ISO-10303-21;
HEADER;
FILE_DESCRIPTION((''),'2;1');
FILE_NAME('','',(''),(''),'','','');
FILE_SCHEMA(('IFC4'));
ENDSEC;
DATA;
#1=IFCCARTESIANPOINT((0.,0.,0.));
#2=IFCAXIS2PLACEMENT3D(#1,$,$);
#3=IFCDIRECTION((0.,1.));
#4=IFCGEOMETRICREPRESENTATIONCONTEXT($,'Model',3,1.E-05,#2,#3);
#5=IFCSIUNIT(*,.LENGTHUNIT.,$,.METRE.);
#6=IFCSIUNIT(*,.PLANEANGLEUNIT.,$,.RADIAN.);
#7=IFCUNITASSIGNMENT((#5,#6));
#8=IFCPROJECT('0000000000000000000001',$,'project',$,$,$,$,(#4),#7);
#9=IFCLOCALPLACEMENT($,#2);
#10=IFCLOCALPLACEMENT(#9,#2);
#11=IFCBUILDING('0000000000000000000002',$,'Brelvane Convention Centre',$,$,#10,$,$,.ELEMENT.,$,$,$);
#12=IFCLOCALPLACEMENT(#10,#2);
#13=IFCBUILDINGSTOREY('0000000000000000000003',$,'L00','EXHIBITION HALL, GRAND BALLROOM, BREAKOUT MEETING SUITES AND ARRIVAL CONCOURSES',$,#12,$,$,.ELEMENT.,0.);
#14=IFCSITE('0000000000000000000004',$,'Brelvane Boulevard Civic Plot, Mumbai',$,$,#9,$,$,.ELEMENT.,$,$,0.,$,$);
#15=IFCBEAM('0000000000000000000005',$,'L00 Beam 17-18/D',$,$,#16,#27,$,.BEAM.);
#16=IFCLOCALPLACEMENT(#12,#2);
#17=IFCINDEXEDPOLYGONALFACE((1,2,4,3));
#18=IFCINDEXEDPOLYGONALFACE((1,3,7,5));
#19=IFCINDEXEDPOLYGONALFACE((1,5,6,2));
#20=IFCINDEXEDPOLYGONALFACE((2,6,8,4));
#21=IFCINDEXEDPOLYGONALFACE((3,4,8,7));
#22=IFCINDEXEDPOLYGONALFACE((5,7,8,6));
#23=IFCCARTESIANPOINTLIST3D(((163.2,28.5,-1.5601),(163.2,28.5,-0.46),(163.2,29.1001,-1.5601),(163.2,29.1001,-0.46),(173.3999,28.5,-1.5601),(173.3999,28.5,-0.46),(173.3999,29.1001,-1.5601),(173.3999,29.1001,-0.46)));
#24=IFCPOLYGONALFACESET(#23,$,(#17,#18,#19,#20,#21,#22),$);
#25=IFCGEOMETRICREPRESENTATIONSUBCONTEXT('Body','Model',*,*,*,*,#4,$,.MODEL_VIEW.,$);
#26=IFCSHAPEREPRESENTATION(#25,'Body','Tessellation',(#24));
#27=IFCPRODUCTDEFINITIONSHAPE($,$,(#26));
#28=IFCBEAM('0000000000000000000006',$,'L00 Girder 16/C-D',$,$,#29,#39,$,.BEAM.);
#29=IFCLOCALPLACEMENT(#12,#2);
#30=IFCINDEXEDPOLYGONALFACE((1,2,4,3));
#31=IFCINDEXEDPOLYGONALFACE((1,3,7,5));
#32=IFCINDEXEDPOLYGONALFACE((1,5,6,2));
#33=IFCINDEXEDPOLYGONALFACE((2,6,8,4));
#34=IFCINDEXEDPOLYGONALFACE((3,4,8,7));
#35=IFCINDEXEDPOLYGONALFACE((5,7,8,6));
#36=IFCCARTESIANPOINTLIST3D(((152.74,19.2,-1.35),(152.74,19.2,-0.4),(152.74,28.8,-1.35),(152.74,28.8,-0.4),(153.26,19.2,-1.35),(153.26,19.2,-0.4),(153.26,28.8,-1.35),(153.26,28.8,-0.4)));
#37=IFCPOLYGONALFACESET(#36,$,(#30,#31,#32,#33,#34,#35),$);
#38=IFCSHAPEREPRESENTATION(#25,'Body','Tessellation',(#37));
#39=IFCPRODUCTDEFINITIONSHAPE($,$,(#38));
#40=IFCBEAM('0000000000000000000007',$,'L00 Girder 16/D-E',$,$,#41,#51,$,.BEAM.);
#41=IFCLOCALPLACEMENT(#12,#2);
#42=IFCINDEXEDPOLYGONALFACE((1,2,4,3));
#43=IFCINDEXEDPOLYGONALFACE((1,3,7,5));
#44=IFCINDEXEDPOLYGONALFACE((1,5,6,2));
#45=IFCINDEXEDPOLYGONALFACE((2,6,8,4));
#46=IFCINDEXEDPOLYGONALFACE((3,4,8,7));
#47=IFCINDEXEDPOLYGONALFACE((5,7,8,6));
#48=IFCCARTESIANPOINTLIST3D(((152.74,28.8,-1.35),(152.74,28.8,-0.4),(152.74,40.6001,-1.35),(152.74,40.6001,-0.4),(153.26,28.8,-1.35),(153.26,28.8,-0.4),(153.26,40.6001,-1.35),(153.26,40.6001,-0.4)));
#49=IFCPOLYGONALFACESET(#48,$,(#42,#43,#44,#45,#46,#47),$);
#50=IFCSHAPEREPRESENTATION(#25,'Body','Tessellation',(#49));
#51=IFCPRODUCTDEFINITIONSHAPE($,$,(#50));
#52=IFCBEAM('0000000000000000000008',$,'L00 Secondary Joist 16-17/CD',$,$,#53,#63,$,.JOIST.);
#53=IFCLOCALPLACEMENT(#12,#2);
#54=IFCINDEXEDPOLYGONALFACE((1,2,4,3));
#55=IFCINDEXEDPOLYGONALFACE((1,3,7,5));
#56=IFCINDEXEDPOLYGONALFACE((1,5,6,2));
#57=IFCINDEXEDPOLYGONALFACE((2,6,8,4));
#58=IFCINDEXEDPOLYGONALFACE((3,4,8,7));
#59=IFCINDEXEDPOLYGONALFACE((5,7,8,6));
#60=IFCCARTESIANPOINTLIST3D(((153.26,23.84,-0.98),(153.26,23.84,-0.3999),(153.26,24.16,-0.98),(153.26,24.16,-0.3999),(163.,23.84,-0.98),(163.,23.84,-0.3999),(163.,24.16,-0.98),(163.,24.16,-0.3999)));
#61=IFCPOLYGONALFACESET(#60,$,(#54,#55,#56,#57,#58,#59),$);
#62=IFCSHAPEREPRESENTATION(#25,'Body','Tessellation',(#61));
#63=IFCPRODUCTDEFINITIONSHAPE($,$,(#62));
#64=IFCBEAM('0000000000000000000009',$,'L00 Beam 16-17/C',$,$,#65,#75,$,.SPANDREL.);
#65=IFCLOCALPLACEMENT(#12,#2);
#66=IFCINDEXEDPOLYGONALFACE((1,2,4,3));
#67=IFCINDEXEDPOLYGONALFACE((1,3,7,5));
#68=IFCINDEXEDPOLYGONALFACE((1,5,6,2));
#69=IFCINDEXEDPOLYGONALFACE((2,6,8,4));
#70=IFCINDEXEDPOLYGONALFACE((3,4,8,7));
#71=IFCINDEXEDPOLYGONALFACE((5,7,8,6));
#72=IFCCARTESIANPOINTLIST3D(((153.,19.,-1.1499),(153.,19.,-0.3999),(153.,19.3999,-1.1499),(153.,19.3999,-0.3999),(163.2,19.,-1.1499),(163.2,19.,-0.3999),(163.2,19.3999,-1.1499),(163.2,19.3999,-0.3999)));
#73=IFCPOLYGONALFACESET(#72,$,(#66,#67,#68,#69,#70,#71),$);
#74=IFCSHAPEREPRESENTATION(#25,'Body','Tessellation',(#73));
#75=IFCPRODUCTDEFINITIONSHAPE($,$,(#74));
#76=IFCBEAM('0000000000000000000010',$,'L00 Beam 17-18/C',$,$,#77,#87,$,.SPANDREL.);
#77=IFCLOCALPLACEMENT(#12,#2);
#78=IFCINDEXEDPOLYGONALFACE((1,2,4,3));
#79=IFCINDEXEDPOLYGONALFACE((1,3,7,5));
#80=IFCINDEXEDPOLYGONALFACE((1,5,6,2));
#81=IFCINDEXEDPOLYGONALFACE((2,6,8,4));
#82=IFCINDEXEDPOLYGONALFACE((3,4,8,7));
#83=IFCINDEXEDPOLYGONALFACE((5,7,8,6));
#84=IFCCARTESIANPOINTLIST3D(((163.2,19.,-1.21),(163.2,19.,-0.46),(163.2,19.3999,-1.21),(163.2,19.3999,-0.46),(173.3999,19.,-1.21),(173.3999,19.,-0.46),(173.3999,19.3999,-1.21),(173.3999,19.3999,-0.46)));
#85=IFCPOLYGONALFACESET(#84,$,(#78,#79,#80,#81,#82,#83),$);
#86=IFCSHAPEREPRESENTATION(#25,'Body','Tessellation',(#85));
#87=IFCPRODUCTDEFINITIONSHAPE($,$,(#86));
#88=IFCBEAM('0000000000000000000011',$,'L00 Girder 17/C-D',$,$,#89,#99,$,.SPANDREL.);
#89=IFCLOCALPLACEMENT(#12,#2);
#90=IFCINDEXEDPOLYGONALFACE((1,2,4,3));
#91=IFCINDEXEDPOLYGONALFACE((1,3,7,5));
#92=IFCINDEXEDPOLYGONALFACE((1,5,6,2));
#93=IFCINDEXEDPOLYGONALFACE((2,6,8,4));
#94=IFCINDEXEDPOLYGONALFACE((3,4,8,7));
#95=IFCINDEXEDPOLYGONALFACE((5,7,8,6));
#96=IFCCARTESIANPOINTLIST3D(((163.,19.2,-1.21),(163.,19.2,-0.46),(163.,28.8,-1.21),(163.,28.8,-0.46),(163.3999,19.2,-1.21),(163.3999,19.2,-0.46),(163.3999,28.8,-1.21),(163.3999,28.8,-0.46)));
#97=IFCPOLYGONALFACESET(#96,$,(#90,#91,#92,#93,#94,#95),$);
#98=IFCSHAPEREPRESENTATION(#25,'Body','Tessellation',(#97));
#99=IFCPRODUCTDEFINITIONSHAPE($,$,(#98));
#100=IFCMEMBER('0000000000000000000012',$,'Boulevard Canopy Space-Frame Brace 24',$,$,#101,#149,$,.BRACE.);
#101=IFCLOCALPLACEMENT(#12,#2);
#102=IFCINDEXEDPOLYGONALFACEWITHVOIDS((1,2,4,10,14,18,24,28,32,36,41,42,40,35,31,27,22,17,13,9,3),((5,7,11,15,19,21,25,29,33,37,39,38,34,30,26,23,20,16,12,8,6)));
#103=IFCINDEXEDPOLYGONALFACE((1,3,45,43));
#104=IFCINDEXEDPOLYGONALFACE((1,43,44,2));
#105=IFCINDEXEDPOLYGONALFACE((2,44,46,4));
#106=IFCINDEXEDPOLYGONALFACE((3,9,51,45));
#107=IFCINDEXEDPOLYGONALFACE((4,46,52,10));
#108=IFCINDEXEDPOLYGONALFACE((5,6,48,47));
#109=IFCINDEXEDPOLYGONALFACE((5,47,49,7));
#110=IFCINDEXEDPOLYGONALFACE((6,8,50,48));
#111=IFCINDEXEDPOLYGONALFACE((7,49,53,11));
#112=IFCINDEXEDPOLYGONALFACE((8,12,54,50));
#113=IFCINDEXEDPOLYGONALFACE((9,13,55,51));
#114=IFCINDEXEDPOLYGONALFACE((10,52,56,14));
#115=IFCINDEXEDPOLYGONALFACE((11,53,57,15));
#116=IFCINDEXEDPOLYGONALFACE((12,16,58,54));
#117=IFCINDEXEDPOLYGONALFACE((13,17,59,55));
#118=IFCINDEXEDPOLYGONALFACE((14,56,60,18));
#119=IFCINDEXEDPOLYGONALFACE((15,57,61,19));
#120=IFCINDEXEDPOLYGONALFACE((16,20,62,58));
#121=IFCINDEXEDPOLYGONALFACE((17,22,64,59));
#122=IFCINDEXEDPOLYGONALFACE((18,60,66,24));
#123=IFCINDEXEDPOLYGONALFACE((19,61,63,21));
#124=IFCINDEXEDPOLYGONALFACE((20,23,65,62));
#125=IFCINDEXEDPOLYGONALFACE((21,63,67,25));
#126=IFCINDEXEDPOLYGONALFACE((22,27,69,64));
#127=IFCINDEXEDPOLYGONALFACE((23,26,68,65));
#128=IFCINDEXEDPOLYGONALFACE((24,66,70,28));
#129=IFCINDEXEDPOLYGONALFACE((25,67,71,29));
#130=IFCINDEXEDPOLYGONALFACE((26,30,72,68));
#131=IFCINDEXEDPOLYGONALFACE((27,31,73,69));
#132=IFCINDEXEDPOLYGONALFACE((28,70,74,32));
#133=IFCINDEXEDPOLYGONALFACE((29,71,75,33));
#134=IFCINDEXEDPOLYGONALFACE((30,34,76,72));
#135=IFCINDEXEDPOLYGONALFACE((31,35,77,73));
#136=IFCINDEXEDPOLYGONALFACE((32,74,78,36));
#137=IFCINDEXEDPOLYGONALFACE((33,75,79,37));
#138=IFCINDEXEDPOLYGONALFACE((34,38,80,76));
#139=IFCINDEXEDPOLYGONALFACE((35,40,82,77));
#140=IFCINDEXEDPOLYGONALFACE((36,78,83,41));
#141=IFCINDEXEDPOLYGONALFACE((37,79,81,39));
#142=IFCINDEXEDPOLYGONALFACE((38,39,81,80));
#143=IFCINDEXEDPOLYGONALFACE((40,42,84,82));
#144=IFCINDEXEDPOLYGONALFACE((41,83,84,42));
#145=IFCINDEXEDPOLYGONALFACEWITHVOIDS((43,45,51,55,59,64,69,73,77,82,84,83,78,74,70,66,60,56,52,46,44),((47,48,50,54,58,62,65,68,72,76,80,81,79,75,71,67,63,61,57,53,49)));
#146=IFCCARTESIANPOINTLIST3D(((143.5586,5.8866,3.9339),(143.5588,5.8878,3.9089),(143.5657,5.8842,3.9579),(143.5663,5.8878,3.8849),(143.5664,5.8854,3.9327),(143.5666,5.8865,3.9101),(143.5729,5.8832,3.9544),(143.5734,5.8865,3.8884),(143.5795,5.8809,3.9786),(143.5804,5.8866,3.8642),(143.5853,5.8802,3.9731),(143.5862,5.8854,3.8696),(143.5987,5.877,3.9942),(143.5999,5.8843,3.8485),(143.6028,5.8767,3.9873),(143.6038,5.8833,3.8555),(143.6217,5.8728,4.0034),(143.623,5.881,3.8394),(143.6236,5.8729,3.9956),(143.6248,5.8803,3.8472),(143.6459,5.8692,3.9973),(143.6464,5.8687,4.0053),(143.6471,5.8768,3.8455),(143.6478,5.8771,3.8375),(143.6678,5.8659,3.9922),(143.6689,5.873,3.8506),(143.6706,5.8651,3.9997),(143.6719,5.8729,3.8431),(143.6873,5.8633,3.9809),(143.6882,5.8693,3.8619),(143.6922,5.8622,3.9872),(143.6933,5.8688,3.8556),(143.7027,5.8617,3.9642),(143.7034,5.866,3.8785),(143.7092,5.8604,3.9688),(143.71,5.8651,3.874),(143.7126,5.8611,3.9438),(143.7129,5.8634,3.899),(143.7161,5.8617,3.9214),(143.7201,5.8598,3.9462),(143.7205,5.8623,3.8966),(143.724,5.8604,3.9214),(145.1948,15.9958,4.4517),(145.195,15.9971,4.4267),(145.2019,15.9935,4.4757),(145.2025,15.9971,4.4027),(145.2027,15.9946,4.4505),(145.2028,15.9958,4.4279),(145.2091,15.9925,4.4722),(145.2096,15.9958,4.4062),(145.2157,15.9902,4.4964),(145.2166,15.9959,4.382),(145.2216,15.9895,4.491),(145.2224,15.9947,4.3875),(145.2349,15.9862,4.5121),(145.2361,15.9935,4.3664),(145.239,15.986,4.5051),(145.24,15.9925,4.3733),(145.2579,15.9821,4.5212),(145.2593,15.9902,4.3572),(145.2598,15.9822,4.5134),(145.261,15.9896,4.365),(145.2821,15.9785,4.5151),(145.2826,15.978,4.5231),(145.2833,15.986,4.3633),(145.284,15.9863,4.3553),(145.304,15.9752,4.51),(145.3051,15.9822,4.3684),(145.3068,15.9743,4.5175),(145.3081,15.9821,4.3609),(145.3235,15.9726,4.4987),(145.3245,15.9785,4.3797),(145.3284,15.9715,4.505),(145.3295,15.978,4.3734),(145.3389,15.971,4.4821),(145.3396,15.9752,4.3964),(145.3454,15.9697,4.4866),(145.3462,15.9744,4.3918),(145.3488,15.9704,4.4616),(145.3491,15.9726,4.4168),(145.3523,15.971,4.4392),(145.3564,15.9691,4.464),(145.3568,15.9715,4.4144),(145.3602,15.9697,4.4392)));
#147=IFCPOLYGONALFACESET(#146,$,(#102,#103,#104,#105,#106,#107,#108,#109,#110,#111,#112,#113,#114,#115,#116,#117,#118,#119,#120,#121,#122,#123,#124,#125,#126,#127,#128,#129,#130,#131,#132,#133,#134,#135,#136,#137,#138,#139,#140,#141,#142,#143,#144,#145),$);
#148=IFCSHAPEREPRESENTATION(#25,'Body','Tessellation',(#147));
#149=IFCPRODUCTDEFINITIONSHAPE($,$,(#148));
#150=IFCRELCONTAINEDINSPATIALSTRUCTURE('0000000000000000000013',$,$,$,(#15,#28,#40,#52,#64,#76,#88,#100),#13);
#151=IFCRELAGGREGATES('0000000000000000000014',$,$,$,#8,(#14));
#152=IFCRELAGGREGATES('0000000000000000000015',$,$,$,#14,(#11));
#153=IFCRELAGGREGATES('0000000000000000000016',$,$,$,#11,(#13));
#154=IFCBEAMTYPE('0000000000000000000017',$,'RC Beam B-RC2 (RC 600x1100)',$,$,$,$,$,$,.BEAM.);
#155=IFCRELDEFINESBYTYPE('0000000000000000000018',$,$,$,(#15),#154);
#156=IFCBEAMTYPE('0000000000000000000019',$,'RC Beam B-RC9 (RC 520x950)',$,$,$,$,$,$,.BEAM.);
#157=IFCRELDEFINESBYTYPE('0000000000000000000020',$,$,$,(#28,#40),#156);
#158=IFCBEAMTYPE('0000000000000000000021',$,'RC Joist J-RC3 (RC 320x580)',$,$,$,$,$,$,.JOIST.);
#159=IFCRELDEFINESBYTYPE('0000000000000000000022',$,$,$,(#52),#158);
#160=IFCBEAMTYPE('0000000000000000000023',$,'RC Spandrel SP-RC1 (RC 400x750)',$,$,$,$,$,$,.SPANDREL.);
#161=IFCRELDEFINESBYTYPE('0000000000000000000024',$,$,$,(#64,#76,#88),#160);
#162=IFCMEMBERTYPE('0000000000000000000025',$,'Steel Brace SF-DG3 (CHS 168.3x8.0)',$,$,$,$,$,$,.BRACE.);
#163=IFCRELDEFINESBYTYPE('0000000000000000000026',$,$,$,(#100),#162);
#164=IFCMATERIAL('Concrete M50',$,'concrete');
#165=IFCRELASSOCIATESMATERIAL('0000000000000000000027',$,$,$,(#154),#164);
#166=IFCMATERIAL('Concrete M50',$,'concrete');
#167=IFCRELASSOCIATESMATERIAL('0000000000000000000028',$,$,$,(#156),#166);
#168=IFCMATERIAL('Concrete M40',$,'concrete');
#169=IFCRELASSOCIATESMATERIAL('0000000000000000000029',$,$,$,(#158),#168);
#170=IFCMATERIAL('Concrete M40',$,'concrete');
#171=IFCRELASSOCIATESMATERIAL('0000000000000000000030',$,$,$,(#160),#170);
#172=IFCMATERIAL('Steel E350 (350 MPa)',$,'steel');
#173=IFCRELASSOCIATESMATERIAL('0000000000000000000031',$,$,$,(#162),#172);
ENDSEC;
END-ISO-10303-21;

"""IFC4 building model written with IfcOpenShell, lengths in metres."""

from ifc_helpers import new_model, si_unit, direction, frame, origin, origin_2d, place, context, subcontext, project, spatial, rectangle, hollow_circle, extrude, material, material_profile, profile_set, type_object, element, save


model = new_model("IFC4")

# Units and contexts
model_context = context("Model", 3, precision=1e-05, world=origin(), true_north=direction((0.0, 1.0)))
body_context = subcontext(model_context, "Body", "Model", "MODEL_VIEW")
ifc_project = project(units=[si_unit("LENGTHUNIT", "METRE"), si_unit("PLANEANGLEUNIT", "RADIAN")], contexts=[model_context])

# Site, building, storey
site_placement = place(None, origin())
site = spatial("IfcSite", under=ifc_project, at=site_placement, Name="Brelvane Boulevard Civic Plot, Mumbai", CompositionType="ELEMENT", RefElevation=0.0)
building_placement = place(site_placement, origin())
building = spatial("IfcBuilding", under=site, at=building_placement, Name="Brelvane Convention Centre", CompositionType="ELEMENT")
storey_placement = place(building_placement, origin())
storey = spatial("IfcBuildingStorey", under=building, at=storey_placement, Name="L00", Description="EXHIBITION HALL, GRAND BALLROOM, BREAKOUT MEETING SUITES AND ARRIVAL CONCOURSES", CompositionType="ELEMENT", Elevation=0.0)

# Beams
ifc_material_1 = material(Name="Concrete M50", Category="concrete")
ifc_material_profile_1 = material_profile(ifc_material_1, rectangle(XDim=0.6001, YDim=1.1001, at=origin_2d()), Name="RC 600x1100")
ifc_profile_set_1 = profile_set([ifc_material_profile_1], Name="Concrete M50")
beam_type_1 = type_object("IfcBeamType", Name="RC Beam B-RC2 (RC 600x1100)", PredefinedType="BEAM", material=ifc_profile_set_1)
for number, where, z_axis, x_axis, name in (
    (1, (163.2, 28.8, -1.01), (1.0, 0.0, 0.0), (0.0, 1.0, 0.0), "L00 Beam 17-18/D"),
):
    element("IfcBeam", number, at=place(storey_placement, frame(where, z_axis=z_axis, x_axis=x_axis)), inside=storey, type_object=beam_type_1, Name=name, PredefinedType="BEAM", context=body_context, shape_type="SweptSolid", body=[
        extrude(rectangle(XDim=0.6001, YDim=1.1001, at=origin_2d()), origin(), (0.0, 0.0, 1.0), 10.2),
    ])
ifc_material_2 = material(Name="Concrete M50", Category="concrete")
ifc_material_profile_2 = material_profile(ifc_material_2, rectangle(XDim=0.52, YDim=0.95, at=origin_2d()), Name="RC 520x950")
ifc_profile_set_2 = profile_set([ifc_material_profile_2], Name="Concrete M50")
beam_type_2 = type_object("IfcBeamType", Name="RC Beam B-RC9 (RC 520x950)", PredefinedType="BEAM", material=ifc_profile_set_2)
beam_1_placement = place(storey_placement, frame((153.0, 19.2, -0.875), z_axis=(0.0, 1.0, 0.0), x_axis=(-1.0, 0.0, 0.0)))
element("IfcBeam", 2, at=beam_1_placement, inside=storey, type_object=beam_type_2, Name="L00 Girder 16/C-D", PredefinedType="BEAM", context=body_context, shape_type="SweptSolid", body=[
    extrude(rectangle(XDim=0.52, YDim=0.95, at=origin_2d()), origin(), (0.0, 0.0, 1.0), 9.6001),
])
beam_2_placement = place(storey_placement, frame((153.0, 28.8, -0.875), z_axis=(0.0, 1.0, 0.0), x_axis=(-1.0, 0.0, 0.0)))
element("IfcBeam", 3, at=beam_2_placement, inside=storey, type_object=beam_type_2, Name="L00 Girder 16/D-E", PredefinedType="BEAM", context=body_context, shape_type="SweptSolid", body=[
    extrude(rectangle(XDim=0.52, YDim=0.95, at=origin_2d()), origin(), (0.0, 0.0, 1.0), 11.8),
])
ifc_material_3 = material(Name="Concrete M40", Category="concrete")
ifc_material_profile_3 = material_profile(ifc_material_3, rectangle(XDim=0.3201, YDim=0.5801, at=origin_2d()), Name="RC 320x580")
ifc_profile_set_3 = profile_set([ifc_material_profile_3], Name="Concrete M40")
beam_type_3 = type_object("IfcBeamType", Name="RC Joist J-RC3 (RC 320x580)", PredefinedType="JOIST", material=ifc_profile_set_3)
beam_3_placement = place(storey_placement, frame((153.26, 24.0, -0.6899), z_axis=(1.0, 0.0, 0.0), x_axis=(0.0, 1.0, 0.0)))
element("IfcBeam", 4, at=beam_3_placement, inside=storey, type_object=beam_type_3, Name="L00 Secondary Joist 16-17/CD", PredefinedType="JOIST", context=body_context, shape_type="SweptSolid", body=[
    extrude(rectangle(XDim=0.3201, YDim=0.5801, at=origin_2d()), origin(), (0.0, 0.0, 1.0), 9.74),
])
ifc_material_4 = material(Name="Concrete M40", Category="concrete")
ifc_material_profile_4 = material_profile(ifc_material_4, rectangle(XDim=0.3999, YDim=0.75, at=origin_2d()), Name="RC 400x750")
ifc_profile_set_4 = profile_set([ifc_material_profile_4], Name="Concrete M40")
beam_type_4 = type_object("IfcBeamType", Name="RC Spandrel SP-RC1 (RC 400x750)", PredefinedType="SPANDREL", material=ifc_profile_set_4)
for number, where, z_axis, x_axis, name in (
    (5, (153.0, 19.2, -0.7749), (1.0, 0.0, 0.0), (0.0, 1.0, 0.0), "L00 Beam 16-17/C"),
    (6, (163.2, 19.2, -0.835), (1.0, 0.0, 0.0), (0.0, 1.0, 0.0), "L00 Beam 17-18/C"),
):
    element("IfcBeam", number, at=place(storey_placement, frame(where, z_axis=z_axis, x_axis=x_axis)), inside=storey, type_object=beam_type_4, Name=name, PredefinedType="SPANDREL", context=body_context, shape_type="SweptSolid", body=[
        extrude(rectangle(XDim=0.3999, YDim=0.75, at=origin_2d()), origin(), (0.0, 0.0, 1.0), 10.2),
    ])
beam_4_placement = place(storey_placement, frame((163.2, 19.2, -0.835), z_axis=(0.0, 1.0, 0.0), x_axis=(-1.0, 0.0, 0.0)))
element("IfcBeam", 7, at=beam_4_placement, inside=storey, type_object=beam_type_4, Name="L00 Girder 17/C-D", PredefinedType="SPANDREL", context=body_context, shape_type="SweptSolid", body=[
    extrude(rectangle(XDim=0.3999, YDim=0.75, at=origin_2d()), origin(), (0.0, 0.0, 1.0), 9.6001),
])

# Member
ifc_material_5 = material(Name="Steel E350 (350 MPa)", Category="steel")
ifc_material_profile_5 = material_profile(ifc_material_5, hollow_circle(Radius=0.0842, WallThickness=0.0081, at=origin_2d()), Name="CHS 168.3x8.0")
ifc_profile_set_5 = profile_set([ifc_material_profile_5], Name="Steel E350 (350 MPa)")
member_type_1 = type_object("IfcMemberType", Name="Steel Brace SF-DG3 (CHS 168.3x8.0)", PredefinedType="BRACE", material=ifc_profile_set_5)
member_1_placement = place(storey_placement, frame((145.2771, 15.9832, 4.4392), z_axis=(-0.15957, -0.985894, -0.050499), x_axis=(0.987154, -0.159774, 0.0)))
element("IfcMember", 8, at=member_1_placement, inside=storey, type_object=member_type_1, Name="Boulevard Canopy Space-Frame Brace 24", PredefinedType="BRACE", context=body_context, shape_type="SweptSolid", body=[
    extrude(hollow_circle(Radius=0.0842, WallThickness=0.0081, at=origin_2d()), origin(), (0.0, 0.0, 1.0), 10.2539),
])

save(model, "model.ifc")
